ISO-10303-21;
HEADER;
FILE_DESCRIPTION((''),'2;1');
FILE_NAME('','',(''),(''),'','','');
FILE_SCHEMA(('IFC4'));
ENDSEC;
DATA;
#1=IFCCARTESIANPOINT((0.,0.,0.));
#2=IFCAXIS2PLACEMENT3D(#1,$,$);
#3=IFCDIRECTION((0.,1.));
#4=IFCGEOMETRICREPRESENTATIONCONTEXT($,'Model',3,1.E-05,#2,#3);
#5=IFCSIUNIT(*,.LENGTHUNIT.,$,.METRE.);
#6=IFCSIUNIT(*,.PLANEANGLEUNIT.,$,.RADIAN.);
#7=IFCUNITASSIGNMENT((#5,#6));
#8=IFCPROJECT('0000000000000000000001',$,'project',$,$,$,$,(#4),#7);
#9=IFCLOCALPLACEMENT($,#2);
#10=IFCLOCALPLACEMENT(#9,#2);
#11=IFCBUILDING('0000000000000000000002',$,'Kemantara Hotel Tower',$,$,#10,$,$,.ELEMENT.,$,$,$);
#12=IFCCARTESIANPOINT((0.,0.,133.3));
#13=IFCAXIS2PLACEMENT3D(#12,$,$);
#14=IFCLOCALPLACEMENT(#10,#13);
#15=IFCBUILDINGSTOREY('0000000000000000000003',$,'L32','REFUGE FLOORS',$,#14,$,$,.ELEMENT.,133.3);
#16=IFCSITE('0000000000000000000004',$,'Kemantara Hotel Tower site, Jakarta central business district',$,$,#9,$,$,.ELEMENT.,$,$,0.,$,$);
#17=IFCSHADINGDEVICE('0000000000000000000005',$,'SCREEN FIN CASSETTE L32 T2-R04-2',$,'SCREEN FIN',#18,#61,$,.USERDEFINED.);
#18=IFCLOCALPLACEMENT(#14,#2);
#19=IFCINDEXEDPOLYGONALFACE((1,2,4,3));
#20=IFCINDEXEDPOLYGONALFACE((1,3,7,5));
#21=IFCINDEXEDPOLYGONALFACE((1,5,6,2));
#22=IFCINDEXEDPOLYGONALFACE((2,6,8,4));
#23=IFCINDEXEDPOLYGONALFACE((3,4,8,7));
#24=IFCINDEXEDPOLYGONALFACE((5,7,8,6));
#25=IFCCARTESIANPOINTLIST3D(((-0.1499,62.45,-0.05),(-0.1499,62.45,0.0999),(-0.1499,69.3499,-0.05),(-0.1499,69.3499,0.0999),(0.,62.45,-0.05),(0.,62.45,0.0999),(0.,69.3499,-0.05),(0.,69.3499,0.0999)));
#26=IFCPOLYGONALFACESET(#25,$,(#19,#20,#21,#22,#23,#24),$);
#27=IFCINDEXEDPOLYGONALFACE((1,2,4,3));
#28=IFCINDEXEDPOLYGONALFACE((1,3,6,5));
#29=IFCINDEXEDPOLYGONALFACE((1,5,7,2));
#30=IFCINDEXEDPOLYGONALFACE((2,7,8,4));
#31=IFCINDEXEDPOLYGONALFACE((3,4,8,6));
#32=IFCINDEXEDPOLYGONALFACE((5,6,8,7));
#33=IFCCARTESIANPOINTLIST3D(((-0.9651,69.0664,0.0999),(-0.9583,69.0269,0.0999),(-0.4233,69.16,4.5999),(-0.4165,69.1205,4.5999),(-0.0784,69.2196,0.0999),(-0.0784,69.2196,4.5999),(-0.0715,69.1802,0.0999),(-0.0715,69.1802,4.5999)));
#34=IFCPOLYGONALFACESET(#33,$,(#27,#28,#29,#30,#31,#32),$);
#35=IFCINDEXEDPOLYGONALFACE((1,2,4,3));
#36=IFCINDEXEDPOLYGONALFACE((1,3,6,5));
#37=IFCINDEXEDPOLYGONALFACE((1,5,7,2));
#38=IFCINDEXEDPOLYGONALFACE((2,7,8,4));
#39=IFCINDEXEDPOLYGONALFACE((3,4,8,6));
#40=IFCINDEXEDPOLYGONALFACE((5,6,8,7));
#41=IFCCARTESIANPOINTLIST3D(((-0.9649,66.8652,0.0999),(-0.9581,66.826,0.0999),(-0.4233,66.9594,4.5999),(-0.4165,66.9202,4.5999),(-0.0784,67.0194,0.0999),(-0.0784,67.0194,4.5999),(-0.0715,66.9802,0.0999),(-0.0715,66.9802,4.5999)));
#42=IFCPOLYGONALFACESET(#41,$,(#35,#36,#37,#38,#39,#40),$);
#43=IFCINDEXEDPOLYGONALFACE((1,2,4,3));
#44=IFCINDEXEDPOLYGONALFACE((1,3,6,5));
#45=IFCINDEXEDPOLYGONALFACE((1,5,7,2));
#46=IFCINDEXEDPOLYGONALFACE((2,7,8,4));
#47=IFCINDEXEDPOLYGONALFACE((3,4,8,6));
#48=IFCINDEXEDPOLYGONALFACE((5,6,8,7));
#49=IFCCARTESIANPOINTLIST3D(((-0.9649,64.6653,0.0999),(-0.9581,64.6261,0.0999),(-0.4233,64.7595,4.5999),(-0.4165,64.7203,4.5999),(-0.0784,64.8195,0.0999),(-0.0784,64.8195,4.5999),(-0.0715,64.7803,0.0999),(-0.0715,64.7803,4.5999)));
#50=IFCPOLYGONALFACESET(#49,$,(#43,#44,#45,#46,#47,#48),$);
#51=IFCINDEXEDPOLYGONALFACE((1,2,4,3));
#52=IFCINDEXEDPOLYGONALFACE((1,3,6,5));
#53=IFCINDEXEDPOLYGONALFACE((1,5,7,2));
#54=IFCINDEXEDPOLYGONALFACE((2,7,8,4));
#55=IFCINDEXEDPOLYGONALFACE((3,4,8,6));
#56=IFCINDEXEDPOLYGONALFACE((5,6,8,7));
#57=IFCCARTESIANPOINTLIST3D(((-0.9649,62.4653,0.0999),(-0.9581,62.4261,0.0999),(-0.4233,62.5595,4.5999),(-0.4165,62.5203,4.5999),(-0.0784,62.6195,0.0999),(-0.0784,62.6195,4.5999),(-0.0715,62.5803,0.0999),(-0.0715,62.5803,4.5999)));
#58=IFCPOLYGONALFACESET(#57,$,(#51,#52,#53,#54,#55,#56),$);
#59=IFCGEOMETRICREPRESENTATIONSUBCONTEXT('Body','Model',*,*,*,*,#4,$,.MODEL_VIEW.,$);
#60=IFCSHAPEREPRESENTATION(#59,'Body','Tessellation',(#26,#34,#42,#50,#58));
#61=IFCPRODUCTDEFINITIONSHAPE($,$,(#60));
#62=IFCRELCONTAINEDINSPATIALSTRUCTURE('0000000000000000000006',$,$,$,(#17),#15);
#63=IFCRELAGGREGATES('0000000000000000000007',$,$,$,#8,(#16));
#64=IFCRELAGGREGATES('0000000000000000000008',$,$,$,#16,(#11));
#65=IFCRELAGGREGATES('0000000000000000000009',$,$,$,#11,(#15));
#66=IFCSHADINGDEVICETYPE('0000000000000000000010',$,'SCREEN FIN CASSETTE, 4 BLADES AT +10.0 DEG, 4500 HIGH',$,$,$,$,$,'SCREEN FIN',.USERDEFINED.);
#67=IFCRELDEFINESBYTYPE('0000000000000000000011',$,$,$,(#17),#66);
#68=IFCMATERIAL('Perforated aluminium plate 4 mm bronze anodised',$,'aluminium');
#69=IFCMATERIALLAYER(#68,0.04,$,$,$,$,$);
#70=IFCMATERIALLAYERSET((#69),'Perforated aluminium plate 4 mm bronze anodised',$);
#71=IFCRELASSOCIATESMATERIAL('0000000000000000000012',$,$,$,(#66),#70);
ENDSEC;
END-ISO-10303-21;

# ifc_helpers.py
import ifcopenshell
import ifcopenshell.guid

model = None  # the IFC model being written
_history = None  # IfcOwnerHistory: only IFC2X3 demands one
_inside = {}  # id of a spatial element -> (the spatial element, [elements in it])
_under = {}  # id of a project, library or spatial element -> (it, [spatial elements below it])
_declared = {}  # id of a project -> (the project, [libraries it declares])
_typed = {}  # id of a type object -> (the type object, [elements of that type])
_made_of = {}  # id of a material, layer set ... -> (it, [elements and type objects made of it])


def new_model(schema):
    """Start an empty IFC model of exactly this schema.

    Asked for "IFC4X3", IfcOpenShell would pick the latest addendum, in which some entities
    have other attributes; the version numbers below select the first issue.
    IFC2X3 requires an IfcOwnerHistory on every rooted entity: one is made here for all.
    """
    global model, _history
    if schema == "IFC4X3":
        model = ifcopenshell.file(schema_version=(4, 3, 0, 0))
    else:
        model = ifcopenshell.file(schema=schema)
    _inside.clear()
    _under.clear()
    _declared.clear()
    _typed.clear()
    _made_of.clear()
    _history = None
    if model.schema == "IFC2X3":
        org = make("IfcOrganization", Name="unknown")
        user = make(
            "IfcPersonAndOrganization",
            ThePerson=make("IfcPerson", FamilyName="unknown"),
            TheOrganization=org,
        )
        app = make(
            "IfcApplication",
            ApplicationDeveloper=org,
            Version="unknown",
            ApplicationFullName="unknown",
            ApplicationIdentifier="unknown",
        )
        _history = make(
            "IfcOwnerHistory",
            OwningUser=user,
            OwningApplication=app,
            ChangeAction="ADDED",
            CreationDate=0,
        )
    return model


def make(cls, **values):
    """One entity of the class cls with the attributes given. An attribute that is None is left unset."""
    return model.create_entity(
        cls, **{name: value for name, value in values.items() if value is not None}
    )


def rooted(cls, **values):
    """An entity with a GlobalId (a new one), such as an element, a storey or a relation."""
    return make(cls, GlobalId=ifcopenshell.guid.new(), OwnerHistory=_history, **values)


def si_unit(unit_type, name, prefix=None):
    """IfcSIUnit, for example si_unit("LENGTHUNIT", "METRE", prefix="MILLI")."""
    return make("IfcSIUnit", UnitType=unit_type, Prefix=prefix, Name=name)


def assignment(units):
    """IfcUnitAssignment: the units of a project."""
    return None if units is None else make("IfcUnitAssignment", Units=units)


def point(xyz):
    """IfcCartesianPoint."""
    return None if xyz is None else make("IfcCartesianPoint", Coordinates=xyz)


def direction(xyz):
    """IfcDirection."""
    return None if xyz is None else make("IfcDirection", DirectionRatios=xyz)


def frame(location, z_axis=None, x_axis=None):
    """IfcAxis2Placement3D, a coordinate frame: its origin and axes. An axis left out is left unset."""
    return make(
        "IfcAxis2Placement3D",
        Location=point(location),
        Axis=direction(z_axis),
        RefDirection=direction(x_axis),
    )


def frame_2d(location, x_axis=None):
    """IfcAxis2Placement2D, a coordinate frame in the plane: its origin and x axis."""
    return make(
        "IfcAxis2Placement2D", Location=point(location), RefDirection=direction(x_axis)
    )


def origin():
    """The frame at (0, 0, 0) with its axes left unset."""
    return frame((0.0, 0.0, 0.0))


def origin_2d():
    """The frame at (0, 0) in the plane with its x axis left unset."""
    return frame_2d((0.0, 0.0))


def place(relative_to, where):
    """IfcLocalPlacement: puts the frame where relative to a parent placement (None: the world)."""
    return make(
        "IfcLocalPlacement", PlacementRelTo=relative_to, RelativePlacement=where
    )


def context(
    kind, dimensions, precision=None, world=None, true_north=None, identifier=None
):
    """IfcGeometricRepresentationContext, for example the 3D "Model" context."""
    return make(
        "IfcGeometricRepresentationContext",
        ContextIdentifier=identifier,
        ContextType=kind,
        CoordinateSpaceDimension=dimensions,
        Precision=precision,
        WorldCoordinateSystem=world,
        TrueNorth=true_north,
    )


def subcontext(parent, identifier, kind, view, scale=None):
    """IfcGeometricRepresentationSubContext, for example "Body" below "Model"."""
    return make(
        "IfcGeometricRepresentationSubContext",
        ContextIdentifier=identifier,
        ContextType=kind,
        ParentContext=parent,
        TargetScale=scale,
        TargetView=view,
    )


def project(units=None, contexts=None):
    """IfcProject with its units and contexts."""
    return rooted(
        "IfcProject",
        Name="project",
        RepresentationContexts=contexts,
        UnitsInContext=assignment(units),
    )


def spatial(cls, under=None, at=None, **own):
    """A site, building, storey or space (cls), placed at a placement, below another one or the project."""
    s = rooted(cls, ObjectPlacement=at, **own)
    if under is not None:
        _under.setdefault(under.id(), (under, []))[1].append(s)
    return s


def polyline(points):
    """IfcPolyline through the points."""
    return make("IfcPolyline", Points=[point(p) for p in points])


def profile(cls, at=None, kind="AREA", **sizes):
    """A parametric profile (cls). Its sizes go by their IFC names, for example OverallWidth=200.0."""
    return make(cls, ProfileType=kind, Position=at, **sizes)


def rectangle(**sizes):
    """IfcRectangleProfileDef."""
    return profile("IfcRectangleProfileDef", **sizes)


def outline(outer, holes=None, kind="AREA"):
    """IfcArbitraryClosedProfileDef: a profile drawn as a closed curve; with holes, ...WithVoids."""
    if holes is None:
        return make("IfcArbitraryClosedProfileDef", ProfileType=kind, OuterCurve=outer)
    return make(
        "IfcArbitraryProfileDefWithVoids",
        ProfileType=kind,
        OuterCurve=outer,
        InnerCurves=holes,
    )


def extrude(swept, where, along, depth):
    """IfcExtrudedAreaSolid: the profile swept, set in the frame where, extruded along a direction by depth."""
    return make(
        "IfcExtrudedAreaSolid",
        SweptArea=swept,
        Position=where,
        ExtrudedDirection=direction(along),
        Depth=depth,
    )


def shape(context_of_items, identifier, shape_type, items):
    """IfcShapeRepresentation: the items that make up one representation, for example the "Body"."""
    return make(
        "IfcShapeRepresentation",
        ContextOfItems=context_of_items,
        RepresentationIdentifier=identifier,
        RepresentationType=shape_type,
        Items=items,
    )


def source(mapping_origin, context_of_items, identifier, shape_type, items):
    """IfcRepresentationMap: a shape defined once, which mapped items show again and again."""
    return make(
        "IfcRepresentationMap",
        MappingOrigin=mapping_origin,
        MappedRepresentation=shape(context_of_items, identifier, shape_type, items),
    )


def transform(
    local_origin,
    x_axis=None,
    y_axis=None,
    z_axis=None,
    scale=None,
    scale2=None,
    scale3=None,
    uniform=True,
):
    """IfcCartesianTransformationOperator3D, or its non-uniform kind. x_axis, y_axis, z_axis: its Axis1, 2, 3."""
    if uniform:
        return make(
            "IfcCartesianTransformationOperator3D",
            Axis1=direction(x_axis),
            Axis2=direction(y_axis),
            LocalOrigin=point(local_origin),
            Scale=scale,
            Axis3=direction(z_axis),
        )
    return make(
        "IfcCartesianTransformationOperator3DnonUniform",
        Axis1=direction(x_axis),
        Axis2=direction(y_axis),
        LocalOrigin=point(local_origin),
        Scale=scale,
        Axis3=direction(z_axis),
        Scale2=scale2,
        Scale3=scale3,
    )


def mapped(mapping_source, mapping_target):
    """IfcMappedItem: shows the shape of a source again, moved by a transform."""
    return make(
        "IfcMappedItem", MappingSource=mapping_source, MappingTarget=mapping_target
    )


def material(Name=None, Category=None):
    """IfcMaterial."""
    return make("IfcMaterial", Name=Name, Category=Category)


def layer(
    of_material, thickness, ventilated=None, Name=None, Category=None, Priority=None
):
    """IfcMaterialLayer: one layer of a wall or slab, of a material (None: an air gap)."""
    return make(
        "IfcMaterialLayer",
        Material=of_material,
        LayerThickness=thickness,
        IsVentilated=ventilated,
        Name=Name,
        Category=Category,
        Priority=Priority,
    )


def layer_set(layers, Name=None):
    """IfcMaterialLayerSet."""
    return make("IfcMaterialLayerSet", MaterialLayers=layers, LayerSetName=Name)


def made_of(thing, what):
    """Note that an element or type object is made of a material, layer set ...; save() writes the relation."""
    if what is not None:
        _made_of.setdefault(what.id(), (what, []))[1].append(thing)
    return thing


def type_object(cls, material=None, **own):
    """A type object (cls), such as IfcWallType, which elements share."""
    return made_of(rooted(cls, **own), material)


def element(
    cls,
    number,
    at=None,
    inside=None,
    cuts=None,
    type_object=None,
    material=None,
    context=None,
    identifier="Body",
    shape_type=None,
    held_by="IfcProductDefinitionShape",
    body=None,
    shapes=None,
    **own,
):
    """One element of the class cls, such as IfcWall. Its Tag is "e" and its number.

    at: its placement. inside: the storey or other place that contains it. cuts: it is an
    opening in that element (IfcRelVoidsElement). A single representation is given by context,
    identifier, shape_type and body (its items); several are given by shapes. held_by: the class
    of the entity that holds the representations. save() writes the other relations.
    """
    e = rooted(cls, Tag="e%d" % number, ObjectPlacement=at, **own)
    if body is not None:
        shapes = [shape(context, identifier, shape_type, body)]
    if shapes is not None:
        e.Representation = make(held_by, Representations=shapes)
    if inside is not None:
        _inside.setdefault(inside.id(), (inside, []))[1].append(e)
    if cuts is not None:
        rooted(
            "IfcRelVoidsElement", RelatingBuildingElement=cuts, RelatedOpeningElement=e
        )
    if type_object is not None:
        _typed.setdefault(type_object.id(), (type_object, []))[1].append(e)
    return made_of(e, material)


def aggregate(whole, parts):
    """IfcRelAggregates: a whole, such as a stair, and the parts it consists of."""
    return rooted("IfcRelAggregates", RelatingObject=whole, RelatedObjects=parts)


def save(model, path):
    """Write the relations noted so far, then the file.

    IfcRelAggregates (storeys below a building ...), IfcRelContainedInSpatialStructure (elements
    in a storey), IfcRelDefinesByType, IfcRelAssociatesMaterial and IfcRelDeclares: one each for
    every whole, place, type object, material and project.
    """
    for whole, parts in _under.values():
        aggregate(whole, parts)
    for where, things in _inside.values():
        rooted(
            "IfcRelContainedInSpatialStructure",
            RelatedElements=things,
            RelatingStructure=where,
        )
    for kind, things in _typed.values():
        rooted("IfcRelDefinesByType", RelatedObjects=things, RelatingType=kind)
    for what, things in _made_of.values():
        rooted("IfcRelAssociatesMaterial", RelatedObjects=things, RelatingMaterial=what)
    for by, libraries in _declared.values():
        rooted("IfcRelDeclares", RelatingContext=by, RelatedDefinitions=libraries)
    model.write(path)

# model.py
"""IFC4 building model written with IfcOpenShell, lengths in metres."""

from ifc_helpers import new_model, si_unit, direction, frame, origin, origin_2d, place, context, subcontext, project, spatial, polyline, rectangle, outline, extrude, source, transform, mapped, material, layer, layer_set, type_object, element, save


model = new_model("IFC4")

# Units and contexts
model_context = context("Model", 3, precision=1e-05, world=origin(), true_north=direction((0.0, 1.0)))
body_context = subcontext(model_context, "Body", "Model", "MODEL_VIEW")
ifc_project = project(units=[si_unit("LENGTHUNIT", "METRE"), si_unit("PLANEANGLEUNIT", "RADIAN")], contexts=[model_context])

# Site, building, storey
site_placement = place(None, origin())
site = spatial("IfcSite", under=ifc_project, at=site_placement, Name="Kemantara Hotel Tower site, Jakarta central business district", CompositionType="ELEMENT", RefElevation=0.0)
building_placement = place(site_placement, origin())
building = spatial("IfcBuilding", under=site, at=building_placement, Name="Kemantara Hotel Tower", CompositionType="ELEMENT")
storey_placement = place(building_placement, frame((0.0, 0.0, 133.3)))
storey = spatial("IfcBuildingStorey", under=building, at=storey_placement, Name="L32", Description="REFUGE FLOORS", CompositionType="ELEMENT", Elevation=133.3)

# Shading device
ifc_material_1 = material(Name="Perforated aluminium plate 4 mm bronze anodised", Category="aluminium")
ifc_layer_1 = layer(ifc_material_1, 0.04)
ifc_layer_set_1 = layer_set([ifc_layer_1], Name="Perforated aluminium plate 4 mm bronze anodised")
shading_device_type = type_object("IfcShadingDeviceType", Name="SCREEN FIN CASSETTE, 4 BLADES AT +10.0 DEG, 4500 HIGH", ElementType="SCREEN FIN", PredefinedType="USERDEFINED", material=ifc_layer_set_1)
shared_shape = source(origin(), body_context, "Body", "SweptSolid", [
    extrude(rectangle(XDim=6.8999, YDim=0.1499, at=origin_2d()), frame((3.3, -0.075, -0.1499), z_axis=(0.0, 0.0, 1.0), x_axis=(1.0, 0.0, 0.0)), (0.0, 0.0, 1.0), 0.1499),
    extrude(outline(polyline([(0.0, 0.0), (0.8999, 0.0), (0.3501, 4.5), (0.0, 4.5), (0.0, 0.0)])), frame((0.0198, -0.0715, 0.0), z_axis=(-0.98539, -0.170314, 0.0), x_axis=(0.170314, -0.98539, 0.0)), (0.0, 0.0, 1.0), 0.04),
    extrude(outline(polyline([(0.0, 0.0), (0.8999, 0.0), (0.3501, 4.5), (0.0, 4.5), (0.0, 0.0)])), frame((2.2197, -0.0715, 0.0), z_axis=(-0.985212, -0.171341, 0.0), x_axis=(0.171341, -0.985212, 0.0)), (0.0, 0.0, 1.0), 0.0398),
    extrude(outline(polyline([(0.0, 0.0), (0.8999, 0.0), (0.3501, 4.5), (0.0, 4.5), (0.0, 0.0)])), frame((4.4197, -0.0715, 0.0), z_axis=(-0.985212, -0.171341, 0.0), x_axis=(0.171341, -0.985212, 0.0)), (0.0, 0.0, 1.0), 0.0398),
    extrude(outline(polyline([(0.0, 0.0), (0.8999, 0.0), (0.3501, 4.5), (0.0, 4.5), (0.0, 0.0)])), frame((6.6196, -0.0715, 0.0), z_axis=(-0.985212, -0.171341, 0.0), x_axis=(0.171341, -0.985212, 0.0)), (0.0, 0.0, 1.0), 0.0398),
])
shading_device_placement = place(storey_placement, frame((0.0, 69.2, 0.0999), z_axis=(0.0, 0.0, 1.0), x_axis=(0.0, -1.0, 0.0)))
element("IfcShadingDevice", 1, at=shading_device_placement, inside=storey, type_object=shading_device_type, Name="SCREEN FIN CASSETTE L32 T2-R04-2", ObjectType="SCREEN FIN", PredefinedType="USERDEFINED", context=body_context, shape_type="MappedRepresentation", body=[
    mapped(shared_shape, transform((0.0, 0.0, 0.0))),
])

save(model, "model.ifc")
